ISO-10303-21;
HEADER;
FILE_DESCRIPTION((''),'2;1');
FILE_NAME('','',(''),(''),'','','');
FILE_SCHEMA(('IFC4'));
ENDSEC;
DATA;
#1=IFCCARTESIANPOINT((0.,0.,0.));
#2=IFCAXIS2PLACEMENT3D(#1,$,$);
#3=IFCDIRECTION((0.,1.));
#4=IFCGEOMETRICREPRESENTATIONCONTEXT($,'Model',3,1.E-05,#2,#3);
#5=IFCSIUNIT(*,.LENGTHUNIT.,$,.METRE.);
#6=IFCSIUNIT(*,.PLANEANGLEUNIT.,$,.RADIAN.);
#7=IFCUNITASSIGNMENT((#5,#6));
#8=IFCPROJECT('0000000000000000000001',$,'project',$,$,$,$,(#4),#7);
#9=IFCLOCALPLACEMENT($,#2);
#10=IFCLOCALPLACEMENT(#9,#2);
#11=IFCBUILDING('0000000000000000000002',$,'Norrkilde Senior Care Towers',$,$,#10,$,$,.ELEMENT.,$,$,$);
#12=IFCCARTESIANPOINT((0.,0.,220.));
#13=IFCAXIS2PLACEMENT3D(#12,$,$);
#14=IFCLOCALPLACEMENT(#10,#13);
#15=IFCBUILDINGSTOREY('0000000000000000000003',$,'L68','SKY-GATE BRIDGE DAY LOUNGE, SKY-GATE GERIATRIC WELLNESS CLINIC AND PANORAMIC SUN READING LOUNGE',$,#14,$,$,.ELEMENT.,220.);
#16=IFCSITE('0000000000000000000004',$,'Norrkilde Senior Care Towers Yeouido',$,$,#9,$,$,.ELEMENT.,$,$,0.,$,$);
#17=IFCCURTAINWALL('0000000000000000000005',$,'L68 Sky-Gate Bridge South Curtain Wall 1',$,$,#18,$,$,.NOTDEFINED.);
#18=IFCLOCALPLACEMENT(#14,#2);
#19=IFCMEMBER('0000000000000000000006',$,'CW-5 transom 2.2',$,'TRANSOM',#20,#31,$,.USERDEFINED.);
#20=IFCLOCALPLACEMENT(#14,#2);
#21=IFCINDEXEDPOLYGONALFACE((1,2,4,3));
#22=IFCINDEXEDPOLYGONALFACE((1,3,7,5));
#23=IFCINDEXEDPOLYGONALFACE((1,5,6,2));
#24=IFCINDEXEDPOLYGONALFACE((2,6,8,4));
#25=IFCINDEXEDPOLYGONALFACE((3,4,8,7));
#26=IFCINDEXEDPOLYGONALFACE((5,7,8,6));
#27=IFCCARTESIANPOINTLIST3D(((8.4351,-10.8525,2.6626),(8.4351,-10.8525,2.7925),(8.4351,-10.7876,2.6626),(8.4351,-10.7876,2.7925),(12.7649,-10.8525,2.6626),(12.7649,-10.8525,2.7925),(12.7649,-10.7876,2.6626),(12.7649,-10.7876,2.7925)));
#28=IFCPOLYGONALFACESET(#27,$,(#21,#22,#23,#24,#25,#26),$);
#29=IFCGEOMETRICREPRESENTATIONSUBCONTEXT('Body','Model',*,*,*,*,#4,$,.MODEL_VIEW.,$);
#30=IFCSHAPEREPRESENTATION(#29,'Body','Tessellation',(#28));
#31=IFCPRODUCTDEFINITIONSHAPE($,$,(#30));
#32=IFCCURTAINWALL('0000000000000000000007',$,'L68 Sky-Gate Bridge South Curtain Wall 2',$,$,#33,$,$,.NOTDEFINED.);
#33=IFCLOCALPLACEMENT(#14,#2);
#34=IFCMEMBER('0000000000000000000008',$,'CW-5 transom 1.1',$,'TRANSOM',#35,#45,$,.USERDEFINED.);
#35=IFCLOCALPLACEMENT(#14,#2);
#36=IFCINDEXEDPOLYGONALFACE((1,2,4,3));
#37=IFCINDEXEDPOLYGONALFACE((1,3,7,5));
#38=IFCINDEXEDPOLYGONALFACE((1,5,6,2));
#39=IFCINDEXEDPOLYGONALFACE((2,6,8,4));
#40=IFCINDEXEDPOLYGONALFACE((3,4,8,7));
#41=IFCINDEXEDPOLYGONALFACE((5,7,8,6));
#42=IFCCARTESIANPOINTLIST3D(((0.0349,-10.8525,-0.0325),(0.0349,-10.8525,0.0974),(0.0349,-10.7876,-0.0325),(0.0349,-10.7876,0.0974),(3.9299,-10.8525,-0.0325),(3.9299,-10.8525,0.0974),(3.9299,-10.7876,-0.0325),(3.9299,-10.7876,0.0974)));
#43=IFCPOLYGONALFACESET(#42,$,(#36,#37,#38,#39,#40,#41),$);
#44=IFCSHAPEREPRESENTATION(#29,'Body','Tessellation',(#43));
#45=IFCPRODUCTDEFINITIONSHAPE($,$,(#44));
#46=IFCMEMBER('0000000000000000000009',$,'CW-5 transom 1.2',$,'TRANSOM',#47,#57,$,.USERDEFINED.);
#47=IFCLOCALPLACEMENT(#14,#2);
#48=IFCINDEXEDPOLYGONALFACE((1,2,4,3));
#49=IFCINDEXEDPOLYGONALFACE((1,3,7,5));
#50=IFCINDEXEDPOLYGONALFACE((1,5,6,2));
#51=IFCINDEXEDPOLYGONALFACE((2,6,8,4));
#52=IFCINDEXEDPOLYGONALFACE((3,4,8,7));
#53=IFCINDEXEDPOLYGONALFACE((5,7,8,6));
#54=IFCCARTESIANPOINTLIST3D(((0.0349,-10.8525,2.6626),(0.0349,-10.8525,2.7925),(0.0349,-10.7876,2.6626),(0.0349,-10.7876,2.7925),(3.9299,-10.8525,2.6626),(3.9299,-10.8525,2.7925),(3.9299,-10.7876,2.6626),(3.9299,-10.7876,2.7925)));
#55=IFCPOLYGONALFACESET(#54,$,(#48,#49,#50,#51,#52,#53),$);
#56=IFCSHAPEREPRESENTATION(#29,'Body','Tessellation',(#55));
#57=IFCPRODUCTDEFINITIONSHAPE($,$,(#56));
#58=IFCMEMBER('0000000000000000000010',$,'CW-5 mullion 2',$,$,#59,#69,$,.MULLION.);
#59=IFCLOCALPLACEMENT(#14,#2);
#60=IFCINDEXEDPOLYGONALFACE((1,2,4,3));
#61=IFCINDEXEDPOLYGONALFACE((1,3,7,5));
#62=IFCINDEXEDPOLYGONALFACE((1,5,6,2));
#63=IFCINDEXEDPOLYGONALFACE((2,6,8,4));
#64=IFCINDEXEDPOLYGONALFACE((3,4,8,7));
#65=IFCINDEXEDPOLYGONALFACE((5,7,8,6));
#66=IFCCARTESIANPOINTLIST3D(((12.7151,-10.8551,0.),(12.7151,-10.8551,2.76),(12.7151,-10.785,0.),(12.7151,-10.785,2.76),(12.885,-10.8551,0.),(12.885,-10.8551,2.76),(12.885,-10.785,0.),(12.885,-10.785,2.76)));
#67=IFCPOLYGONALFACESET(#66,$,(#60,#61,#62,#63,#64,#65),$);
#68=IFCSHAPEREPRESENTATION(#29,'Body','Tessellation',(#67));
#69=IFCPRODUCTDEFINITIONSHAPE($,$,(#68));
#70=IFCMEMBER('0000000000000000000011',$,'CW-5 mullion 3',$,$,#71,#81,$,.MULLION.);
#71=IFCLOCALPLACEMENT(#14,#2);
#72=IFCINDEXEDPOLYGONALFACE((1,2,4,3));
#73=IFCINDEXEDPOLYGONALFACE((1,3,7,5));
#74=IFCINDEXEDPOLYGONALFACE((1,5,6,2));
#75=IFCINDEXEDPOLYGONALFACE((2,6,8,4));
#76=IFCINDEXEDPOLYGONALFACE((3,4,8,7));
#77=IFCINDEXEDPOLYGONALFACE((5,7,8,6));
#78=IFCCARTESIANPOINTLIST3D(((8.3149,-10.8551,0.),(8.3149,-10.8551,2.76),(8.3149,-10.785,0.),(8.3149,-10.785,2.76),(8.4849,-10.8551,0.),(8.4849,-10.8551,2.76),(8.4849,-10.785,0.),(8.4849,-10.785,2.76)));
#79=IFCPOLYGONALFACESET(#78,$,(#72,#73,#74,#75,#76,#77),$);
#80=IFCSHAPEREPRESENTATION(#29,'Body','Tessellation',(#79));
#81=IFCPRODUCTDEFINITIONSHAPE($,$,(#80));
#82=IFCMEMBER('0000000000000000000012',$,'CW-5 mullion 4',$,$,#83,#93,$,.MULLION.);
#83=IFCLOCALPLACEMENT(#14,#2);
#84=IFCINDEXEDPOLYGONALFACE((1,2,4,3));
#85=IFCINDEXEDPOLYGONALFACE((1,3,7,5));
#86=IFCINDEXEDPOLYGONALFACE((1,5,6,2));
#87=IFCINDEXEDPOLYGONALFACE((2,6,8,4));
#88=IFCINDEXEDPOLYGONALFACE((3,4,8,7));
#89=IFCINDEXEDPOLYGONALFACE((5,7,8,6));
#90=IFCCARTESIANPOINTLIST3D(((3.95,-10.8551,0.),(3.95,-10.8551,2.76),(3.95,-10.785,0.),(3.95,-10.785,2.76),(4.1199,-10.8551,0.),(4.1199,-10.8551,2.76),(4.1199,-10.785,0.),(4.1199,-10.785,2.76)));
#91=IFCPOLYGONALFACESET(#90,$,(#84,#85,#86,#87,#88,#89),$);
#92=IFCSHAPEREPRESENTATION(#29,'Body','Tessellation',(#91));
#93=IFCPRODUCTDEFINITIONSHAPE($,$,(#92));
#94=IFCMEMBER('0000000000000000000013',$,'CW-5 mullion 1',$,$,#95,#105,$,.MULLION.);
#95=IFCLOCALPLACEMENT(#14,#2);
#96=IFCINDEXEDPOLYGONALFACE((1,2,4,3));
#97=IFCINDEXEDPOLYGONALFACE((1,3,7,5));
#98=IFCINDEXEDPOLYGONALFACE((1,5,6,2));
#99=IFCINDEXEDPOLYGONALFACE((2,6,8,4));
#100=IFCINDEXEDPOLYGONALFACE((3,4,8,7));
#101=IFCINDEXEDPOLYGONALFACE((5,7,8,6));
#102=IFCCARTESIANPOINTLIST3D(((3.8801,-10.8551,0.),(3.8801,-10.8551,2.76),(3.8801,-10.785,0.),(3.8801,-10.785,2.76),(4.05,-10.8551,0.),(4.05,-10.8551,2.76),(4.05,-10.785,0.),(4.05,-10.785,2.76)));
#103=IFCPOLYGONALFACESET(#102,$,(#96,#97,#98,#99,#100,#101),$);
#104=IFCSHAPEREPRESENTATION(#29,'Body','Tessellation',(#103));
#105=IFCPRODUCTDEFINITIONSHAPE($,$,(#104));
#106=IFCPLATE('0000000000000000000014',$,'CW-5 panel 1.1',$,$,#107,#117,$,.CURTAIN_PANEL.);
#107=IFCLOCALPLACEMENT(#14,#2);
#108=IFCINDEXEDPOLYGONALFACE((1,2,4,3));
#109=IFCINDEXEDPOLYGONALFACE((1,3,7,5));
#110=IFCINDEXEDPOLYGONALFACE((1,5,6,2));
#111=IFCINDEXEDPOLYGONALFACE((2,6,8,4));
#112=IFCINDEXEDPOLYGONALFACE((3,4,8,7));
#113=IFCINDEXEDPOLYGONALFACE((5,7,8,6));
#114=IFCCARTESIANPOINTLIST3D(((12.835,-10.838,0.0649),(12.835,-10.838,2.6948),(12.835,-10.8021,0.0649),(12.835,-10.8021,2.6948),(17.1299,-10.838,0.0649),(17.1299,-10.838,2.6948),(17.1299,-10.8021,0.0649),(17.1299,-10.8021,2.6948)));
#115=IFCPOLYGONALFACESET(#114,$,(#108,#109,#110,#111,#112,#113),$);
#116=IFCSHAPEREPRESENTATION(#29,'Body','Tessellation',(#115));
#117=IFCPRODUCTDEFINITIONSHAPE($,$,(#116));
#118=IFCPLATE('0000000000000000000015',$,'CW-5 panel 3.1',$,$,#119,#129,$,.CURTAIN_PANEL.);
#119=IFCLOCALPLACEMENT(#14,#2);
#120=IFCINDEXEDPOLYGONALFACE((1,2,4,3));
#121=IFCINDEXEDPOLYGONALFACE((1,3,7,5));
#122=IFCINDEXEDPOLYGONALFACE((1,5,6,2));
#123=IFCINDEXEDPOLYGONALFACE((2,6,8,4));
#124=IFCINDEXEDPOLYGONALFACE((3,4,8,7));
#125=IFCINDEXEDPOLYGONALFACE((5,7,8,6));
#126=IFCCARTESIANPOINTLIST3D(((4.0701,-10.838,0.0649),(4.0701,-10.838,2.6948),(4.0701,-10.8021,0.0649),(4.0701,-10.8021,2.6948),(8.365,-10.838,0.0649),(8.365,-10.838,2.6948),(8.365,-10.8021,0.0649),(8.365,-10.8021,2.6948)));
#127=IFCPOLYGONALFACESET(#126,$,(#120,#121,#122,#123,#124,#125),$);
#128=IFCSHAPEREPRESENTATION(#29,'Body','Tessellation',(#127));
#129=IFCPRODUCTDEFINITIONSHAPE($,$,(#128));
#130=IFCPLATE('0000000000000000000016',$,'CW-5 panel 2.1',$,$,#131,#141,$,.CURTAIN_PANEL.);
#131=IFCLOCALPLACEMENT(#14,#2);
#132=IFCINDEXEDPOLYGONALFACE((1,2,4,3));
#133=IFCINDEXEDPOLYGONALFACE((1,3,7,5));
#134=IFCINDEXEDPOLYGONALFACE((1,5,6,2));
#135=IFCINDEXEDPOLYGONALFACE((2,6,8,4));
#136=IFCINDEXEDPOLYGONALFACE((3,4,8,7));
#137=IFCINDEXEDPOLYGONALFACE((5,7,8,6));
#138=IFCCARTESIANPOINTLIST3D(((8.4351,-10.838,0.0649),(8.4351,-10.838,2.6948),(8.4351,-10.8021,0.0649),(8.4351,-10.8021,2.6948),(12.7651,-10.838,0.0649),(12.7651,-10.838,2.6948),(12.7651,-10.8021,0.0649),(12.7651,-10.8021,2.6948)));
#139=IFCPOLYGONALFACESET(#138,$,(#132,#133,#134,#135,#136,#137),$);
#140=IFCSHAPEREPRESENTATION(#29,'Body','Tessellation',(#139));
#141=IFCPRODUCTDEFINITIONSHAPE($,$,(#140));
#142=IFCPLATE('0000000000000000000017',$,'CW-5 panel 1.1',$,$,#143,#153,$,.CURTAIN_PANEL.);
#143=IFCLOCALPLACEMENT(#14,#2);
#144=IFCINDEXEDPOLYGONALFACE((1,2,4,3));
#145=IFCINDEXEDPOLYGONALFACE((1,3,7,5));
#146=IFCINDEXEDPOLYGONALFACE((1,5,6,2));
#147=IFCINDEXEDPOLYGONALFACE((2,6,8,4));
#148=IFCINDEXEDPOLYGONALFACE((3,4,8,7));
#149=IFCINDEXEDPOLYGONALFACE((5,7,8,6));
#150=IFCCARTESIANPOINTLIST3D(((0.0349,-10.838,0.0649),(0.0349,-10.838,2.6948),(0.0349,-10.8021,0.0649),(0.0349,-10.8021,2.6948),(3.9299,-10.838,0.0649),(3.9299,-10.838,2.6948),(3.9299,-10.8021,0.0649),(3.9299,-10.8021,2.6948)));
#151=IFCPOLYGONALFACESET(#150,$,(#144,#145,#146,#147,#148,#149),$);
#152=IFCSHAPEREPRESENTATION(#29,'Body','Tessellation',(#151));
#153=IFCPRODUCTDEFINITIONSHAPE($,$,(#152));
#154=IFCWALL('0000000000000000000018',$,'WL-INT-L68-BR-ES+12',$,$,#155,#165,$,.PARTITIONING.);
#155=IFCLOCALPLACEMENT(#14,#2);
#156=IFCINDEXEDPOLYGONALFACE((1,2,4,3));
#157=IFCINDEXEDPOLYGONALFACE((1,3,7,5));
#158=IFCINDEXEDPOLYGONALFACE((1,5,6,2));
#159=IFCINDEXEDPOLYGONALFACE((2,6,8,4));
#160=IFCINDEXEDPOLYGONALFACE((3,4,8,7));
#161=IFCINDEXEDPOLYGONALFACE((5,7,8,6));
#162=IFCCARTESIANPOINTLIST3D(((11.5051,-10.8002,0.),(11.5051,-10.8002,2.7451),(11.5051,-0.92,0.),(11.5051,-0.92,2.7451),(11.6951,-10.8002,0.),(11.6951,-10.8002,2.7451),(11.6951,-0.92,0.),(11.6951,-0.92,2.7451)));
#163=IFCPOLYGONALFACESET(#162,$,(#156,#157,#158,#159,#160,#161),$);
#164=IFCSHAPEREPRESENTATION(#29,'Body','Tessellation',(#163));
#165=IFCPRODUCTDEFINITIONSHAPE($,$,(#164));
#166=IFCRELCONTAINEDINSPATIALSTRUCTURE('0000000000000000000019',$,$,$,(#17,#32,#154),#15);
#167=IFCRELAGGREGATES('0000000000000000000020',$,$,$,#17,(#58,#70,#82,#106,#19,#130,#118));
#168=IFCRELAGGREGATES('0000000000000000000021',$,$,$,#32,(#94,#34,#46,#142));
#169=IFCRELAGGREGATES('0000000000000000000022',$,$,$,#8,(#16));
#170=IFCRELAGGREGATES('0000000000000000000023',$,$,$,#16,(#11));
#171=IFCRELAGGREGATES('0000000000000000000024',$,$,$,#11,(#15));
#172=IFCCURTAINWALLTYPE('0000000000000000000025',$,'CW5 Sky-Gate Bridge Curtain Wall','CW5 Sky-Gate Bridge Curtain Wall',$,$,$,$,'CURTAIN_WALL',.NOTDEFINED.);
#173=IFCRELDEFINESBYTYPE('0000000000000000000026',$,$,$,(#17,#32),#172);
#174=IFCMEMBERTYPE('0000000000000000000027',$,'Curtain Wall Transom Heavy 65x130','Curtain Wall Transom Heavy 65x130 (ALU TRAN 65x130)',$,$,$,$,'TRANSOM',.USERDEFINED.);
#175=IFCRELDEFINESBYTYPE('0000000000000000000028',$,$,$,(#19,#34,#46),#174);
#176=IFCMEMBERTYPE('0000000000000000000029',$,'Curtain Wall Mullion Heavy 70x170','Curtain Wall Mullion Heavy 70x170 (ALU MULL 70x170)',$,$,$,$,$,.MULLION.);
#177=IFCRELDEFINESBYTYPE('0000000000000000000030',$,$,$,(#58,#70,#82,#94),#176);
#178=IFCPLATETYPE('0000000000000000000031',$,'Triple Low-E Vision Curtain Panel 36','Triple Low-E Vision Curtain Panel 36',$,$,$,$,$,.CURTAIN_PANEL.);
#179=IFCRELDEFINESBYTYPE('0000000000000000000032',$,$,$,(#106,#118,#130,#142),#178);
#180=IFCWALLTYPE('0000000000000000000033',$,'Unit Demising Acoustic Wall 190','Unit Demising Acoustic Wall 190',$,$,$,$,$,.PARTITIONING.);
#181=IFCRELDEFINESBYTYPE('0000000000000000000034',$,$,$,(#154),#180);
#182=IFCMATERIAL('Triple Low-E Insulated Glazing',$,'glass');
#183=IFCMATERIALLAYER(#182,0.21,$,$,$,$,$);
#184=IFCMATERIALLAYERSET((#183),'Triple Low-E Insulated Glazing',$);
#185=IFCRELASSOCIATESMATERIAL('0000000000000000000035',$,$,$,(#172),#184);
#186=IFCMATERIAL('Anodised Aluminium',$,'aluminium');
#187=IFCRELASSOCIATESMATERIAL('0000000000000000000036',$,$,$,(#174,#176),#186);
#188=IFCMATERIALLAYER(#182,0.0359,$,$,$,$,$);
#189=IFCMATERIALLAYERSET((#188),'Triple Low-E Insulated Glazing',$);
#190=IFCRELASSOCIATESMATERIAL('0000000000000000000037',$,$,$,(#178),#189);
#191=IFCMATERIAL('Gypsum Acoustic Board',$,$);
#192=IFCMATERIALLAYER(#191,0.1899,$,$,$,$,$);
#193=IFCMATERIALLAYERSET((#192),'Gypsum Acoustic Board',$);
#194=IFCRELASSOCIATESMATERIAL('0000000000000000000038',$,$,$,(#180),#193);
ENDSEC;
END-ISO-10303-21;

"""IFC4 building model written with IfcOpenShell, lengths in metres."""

from ifc_helpers import new_model, si_unit, direction, frame, frame_2d, origin, origin_2d, place, context, subcontext, project, spatial, rectangle, extrude, source, transform, mapped, material, layer, layer_set, material_profile, profile_set, type_object, type_shapes, element, aggregate, save


model = new_model("IFC4")

# Units and contexts
model_context = context("Model", 3, precision=1e-05, world=origin(), true_north=direction((0.0, 1.0)))
body_context = subcontext(model_context, "Body", "Model", "MODEL_VIEW")
ifc_project = project(units=[si_unit("LENGTHUNIT", "METRE"), si_unit("PLANEANGLEUNIT", "RADIAN")], contexts=[model_context])

# Site, building, storey
site_placement = place(None, origin())
site = spatial("IfcSite", under=ifc_project, at=site_placement, Name="Norrkilde Senior Care Towers Yeouido", CompositionType="ELEMENT", RefElevation=0.0)
building_placement = place(site_placement, origin())
building = spatial("IfcBuilding", under=site, at=building_placement, Name="Norrkilde Senior Care Towers", CompositionType="ELEMENT")
storey_placement = place(building_placement, frame((0.0, 0.0, 220.0)))
storey = spatial("IfcBuildingStorey", under=building, at=storey_placement, Name="L68", Description="SKY-GATE BRIDGE DAY LOUNGE, SKY-GATE GERIATRIC WELLNESS CLINIC AND PANORAMIC SUN READING LOUNGE", CompositionType="ELEMENT", Elevation=220.0)

# Curtain walls, members
ifc_material_1 = material(Name="Triple Low-E Insulated Glazing", Category="glass")
ifc_layer_1 = layer(ifc_material_1, 0.21)
ifc_layer_set_1 = layer_set([ifc_layer_1], Name="Triple Low-E Insulated Glazing")
curtain_wall_type = type_object("IfcCurtainWallType", Name="CW5 Sky-Gate Bridge Curtain Wall", Description="CW5 Sky-Gate Bridge Curtain Wall", ElementType="CURTAIN_WALL", PredefinedType="NOTDEFINED", material=ifc_layer_set_1)
curtain_wall_1_placement = place(storey_placement, origin())
curtain_wall_1 = element("IfcCurtainWall", 1, at=curtain_wall_1_placement, inside=storey, type_object=curtain_wall_type, Name="L68 Sky-Gate Bridge South Curtain Wall 1", PredefinedType="NOTDEFINED")
ifc_material_2 = material(Name="Anodised Aluminium", Category="aluminium")
ifc_material_profile_1 = material_profile(ifc_material_2, rectangle(XDim=0.0649, YDim=0.1299, at=origin_2d()), Name="ALU TRAN 65x130")
ifc_profile_set_1 = profile_set([ifc_material_profile_1], Name="Anodised Aluminium")
member_type_1 = type_object("IfcMemberType", Name="Curtain Wall Transom Heavy 65x130", Description="Curtain Wall Transom Heavy 65x130 (ALU TRAN 65x130)", ElementType="TRANSOM", PredefinedType="USERDEFINED", material=ifc_profile_set_1)
shared_shape_1 = source(origin(), body_context, "Body", "SweptSolid", [
    extrude(rectangle(XDim=0.0649, YDim=0.1299, at=origin_2d()), origin(), (0.0, 0.0, 1.0), 4.3298),
])
member_1_placement = place(storey_placement, frame((12.7649, -10.8201, 2.7275), z_axis=(-1.0, 0.0, 0.0), x_axis=(0.0, -1.0, 0.0)))
member_1 = element("IfcMember", 2, at=member_1_placement, type_object=member_type_1, Name="CW-5 transom 2.2", ObjectType="TRANSOM", PredefinedType="USERDEFINED", context=body_context, shape_type="MappedRepresentation", body=[
    mapped(shared_shape_1, transform((0.0, 0.0, 0.0), x_axis=(1.0, 0.0, 0.0), y_axis=(0.0, 1.0, 0.0), z_axis=(0.0, 0.0, 1.0), scale=1.0)),
])
curtain_wall_2_placement = place(storey_placement, origin())
curtain_wall_2 = element("IfcCurtainWall", 3, at=curtain_wall_2_placement, inside=storey, type_object=curtain_wall_type, Name="L68 Sky-Gate Bridge South Curtain Wall 2", PredefinedType="NOTDEFINED")
shared_shape_2 = source(origin(), body_context, "Body", "SweptSolid", [
    extrude(rectangle(XDim=0.0649, YDim=0.1299, at=origin_2d()), origin(), (0.0, 0.0, 1.0), 3.895),
])
member_2_placement = place(storey_placement, frame((3.9299, -10.8201, 0.0325), z_axis=(-1.0, 0.0, 0.0), x_axis=(0.0, -1.0, 0.0)))
member_2 = element("IfcMember", 4, at=member_2_placement, type_object=member_type_1, Name="CW-5 transom 1.1", ObjectType="TRANSOM", PredefinedType="USERDEFINED", context=body_context, shape_type="MappedRepresentation", body=[
    mapped(shared_shape_2, transform((0.0, 0.0, 0.0), x_axis=(1.0, 0.0, 0.0), y_axis=(0.0, 1.0, 0.0), z_axis=(0.0, 0.0, 1.0), scale=1.0)),
])
member_3_placement = place(storey_placement, frame((3.9299, -10.8201, 2.7275), z_axis=(-1.0, 0.0, 0.0), x_axis=(0.0, -1.0, 0.0)))
member_3 = element("IfcMember", 5, at=member_3_placement, type_object=member_type_1, Name="CW-5 transom 1.2", ObjectType="TRANSOM", PredefinedType="USERDEFINED", context=body_context, shape_type="MappedRepresentation", body=[
    mapped(shared_shape_2, transform((0.0, 0.0, 0.0), x_axis=(1.0, 0.0, 0.0), y_axis=(0.0, 1.0, 0.0), z_axis=(0.0, 0.0, 1.0), scale=1.0)),
])

# Members
ifc_material_profile_2 = material_profile(ifc_material_2, rectangle(XDim=0.0701, YDim=0.1699, at=origin_2d()), Name="ALU MULL 70x170")
ifc_profile_set_2 = profile_set([ifc_material_profile_2], Name="Anodised Aluminium")
member_type_2 = type_object("IfcMemberType", Name="Curtain Wall Mullion Heavy 70x170", Description="Curtain Wall Mullion Heavy 70x170 (ALU MULL 70x170)", PredefinedType="MULLION", material=ifc_profile_set_2)
shared_shape_3 = source(origin(), body_context, "Body", "SweptSolid", [
    extrude(rectangle(XDim=0.0701, YDim=0.1699, at=origin_2d()), origin(), (0.0, 0.0, 1.0), 2.76),
])
type_shapes(member_type_2, [shared_shape_3])
member_4_placement = place(storey_placement, frame((12.8, -10.8201, 0.0), z_axis=(0.0, 0.0, 1.0), x_axis=(0.0, -1.0, 0.0)))
member_4 = element("IfcMember", 6, at=member_4_placement, type_object=member_type_2, Name="CW-5 mullion 2", PredefinedType="MULLION", context=body_context, shape_type="MappedRepresentation", body=[
    mapped(shared_shape_3, transform((0.0, 0.0, 0.0), x_axis=(1.0, 0.0, 0.0), y_axis=(0.0, 1.0, 0.0), z_axis=(0.0, 0.0, 1.0), scale=1.0)),
])
member_5_placement = place(storey_placement, frame((8.3999, -10.8201, 0.0), z_axis=(0.0, 0.0, 1.0), x_axis=(0.0, -1.0, 0.0)))
member_5 = element("IfcMember", 7, at=member_5_placement, type_object=member_type_2, Name="CW-5 mullion 3", PredefinedType="MULLION", context=body_context, shape_type="MappedRepresentation", body=[
    mapped(shared_shape_3, transform((0.0, 0.0, 0.0), x_axis=(1.0, 0.0, 0.0), y_axis=(0.0, 1.0, 0.0), z_axis=(0.0, 0.0, 1.0), scale=1.0)),
])
member_6_placement = place(storey_placement, frame((4.0349, -10.8201, 0.0), z_axis=(0.0, 0.0, 1.0), x_axis=(0.0, -1.0, 0.0)))
member_6 = element("IfcMember", 8, at=member_6_placement, type_object=member_type_2, Name="CW-5 mullion 4", PredefinedType="MULLION", context=body_context, shape_type="MappedRepresentation", body=[
    mapped(shared_shape_3, transform((0.0, 0.0, 0.0), x_axis=(1.0, 0.0, 0.0), y_axis=(0.0, 1.0, 0.0), z_axis=(0.0, 0.0, 1.0), scale=1.0)),
])
member_7_placement = place(storey_placement, frame((3.9651, -10.8201, 0.0), z_axis=(0.0, 0.0, 1.0), x_axis=(0.0, -1.0, 0.0)))
member_7 = element("IfcMember", 9, at=member_7_placement, type_object=member_type_2, Name="CW-5 mullion 1", PredefinedType="MULLION", context=body_context, shape_type="MappedRepresentation", body=[
    mapped(shared_shape_3, transform((0.0, 0.0, 0.0), x_axis=(1.0, 0.0, 0.0), y_axis=(0.0, 1.0, 0.0), z_axis=(0.0, 0.0, 1.0), scale=1.0)),
])

# Plates
ifc_layer_2 = layer(ifc_material_1, 0.0359)
ifc_layer_set_2 = layer_set([ifc_layer_2], Name="Triple Low-E Insulated Glazing")
plate_type = type_object("IfcPlateType", Name="Triple Low-E Vision Curtain Panel 36", Description="Triple Low-E Vision Curtain Panel 36", PredefinedType="CURTAIN_PANEL", material=ifc_layer_set_2)
shared_shape_4 = source(origin(), body_context, "Body", "SweptSolid", [
    extrude(rectangle(XDim=4.2949, YDim=0.0359, at=origin_2d()), origin(), (0.0, 0.0, 1.0), 2.6299),
])
plate_1_placement = place(storey_placement, frame((14.9824, -10.8201, 0.0649), z_axis=(0.0, 0.0, 1.0), x_axis=(-1.0, 0.0, 0.0)))
plate_1 = element("IfcPlate", 10, at=plate_1_placement, type_object=plate_type, Name="CW-5 panel 1.1", PredefinedType="CURTAIN_PANEL", context=body_context, shape_type="MappedRepresentation", body=[
    mapped(shared_shape_4, transform((0.0, 0.0, 0.0), x_axis=(1.0, 0.0, 0.0), y_axis=(0.0, 1.0, 0.0), z_axis=(0.0, 0.0, 1.0), scale=1.0)),
])
plate_2_placement = place(storey_placement, frame((6.2175, -10.8201, 0.0649), z_axis=(0.0, 0.0, 1.0), x_axis=(-1.0, 0.0, 0.0)))
plate_2 = element("IfcPlate", 11, at=plate_2_placement, type_object=plate_type, Name="CW-5 panel 3.1", PredefinedType="CURTAIN_PANEL", context=body_context, shape_type="MappedRepresentation", body=[
    mapped(shared_shape_4, transform((0.0, 0.0, 0.0), x_axis=(1.0, 0.0, 0.0), y_axis=(0.0, 1.0, 0.0), z_axis=(0.0, 0.0, 1.0), scale=1.0)),
])
shared_shape_5 = source(origin(), body_context, "Body", "SweptSolid", [
    extrude(rectangle(XDim=4.3301, YDim=0.0359, at=origin_2d()), origin(), (0.0, 0.0, 1.0), 2.6299),
])
plate_3_placement = place(storey_placement, frame((10.6001, -10.8201, 0.0649), z_axis=(0.0, 0.0, 1.0), x_axis=(-1.0, 0.0, 0.0)))
plate_3 = element("IfcPlate", 12, at=plate_3_placement, type_object=plate_type, Name="CW-5 panel 2.1", PredefinedType="CURTAIN_PANEL", context=body_context, shape_type="MappedRepresentation", body=[
    mapped(shared_shape_5, transform((0.0, 0.0, 0.0), x_axis=(1.0, 0.0, 0.0), y_axis=(0.0, 1.0, 0.0), z_axis=(0.0, 0.0, 1.0), scale=1.0)),
])
aggregate(curtain_wall_1, [member_4, member_5, member_6, plate_1, member_1, plate_3, plate_2])
shared_shape_6 = source(origin(), body_context, "Body", "SweptSolid", [
    extrude(rectangle(XDim=3.895, YDim=0.0359, at=origin_2d()), origin(), (0.0, 0.0, 1.0), 2.6299),
])
type_shapes(plate_type, [shared_shape_4, shared_shape_5, shared_shape_6])
plate_4_placement = place(storey_placement, frame((1.9824, -10.8201, 0.0649), z_axis=(0.0, 0.0, 1.0), x_axis=(-1.0, 0.0, 0.0)))
plate_4 = element("IfcPlate", 13, at=plate_4_placement, type_object=plate_type, Name="CW-5 panel 1.1", PredefinedType="CURTAIN_PANEL", context=body_context, shape_type="MappedRepresentation", body=[
    mapped(shared_shape_6, transform((0.0, 0.0, 0.0), x_axis=(1.0, 0.0, 0.0), y_axis=(0.0, 1.0, 0.0), z_axis=(0.0, 0.0, 1.0), scale=1.0)),
])
aggregate(curtain_wall_2, [member_7, member_2, member_3, plate_4])

# Shared definitions
ifc_material_3 = material(Name="Gypsum Acoustic Board")

# Wall
ifc_layer_3 = layer(ifc_material_3, 0.1899)
ifc_layer_set_3 = layer_set([ifc_layer_3], Name="Gypsum Acoustic Board")
wall_type_1 = type_object("IfcWallType", Name="Unit Demising Acoustic Wall 190", Description="Unit Demising Acoustic Wall 190", PredefinedType="PARTITIONING", material=ifc_layer_set_3)
shared_shape_7 = source(origin(), body_context, "Body", "SweptSolid", [
    extrude(rectangle(XDim=9.8801, YDim=0.1899, at=frame_2d((4.9399, 0.0))), origin(), (0.0, 0.0, 1.0), 2.7451),
])
type_shapes(wall_type_1, [shared_shape_7])
wall_1_placement = place(storey_placement, frame((11.6001, -10.8, 0.0), z_axis=(0.0, 0.0, 1.0), x_axis=(0.0, 1.0, 0.0)))
element("IfcWall", 14, at=wall_1_placement, inside=storey, type_object=wall_type_1, Name="WL-INT-L68-BR-ES+12", PredefinedType="PARTITIONING", context=body_context, shape_type="MappedRepresentation", body=[
    mapped(shared_shape_7, transform((0.0, 0.0, 0.0), x_axis=(1.0, 0.0, 0.0), y_axis=(0.0, 1.0, 0.0), z_axis=(0.0, 0.0, 1.0), scale=1.0)),
])

save(model, "model.ifc")
